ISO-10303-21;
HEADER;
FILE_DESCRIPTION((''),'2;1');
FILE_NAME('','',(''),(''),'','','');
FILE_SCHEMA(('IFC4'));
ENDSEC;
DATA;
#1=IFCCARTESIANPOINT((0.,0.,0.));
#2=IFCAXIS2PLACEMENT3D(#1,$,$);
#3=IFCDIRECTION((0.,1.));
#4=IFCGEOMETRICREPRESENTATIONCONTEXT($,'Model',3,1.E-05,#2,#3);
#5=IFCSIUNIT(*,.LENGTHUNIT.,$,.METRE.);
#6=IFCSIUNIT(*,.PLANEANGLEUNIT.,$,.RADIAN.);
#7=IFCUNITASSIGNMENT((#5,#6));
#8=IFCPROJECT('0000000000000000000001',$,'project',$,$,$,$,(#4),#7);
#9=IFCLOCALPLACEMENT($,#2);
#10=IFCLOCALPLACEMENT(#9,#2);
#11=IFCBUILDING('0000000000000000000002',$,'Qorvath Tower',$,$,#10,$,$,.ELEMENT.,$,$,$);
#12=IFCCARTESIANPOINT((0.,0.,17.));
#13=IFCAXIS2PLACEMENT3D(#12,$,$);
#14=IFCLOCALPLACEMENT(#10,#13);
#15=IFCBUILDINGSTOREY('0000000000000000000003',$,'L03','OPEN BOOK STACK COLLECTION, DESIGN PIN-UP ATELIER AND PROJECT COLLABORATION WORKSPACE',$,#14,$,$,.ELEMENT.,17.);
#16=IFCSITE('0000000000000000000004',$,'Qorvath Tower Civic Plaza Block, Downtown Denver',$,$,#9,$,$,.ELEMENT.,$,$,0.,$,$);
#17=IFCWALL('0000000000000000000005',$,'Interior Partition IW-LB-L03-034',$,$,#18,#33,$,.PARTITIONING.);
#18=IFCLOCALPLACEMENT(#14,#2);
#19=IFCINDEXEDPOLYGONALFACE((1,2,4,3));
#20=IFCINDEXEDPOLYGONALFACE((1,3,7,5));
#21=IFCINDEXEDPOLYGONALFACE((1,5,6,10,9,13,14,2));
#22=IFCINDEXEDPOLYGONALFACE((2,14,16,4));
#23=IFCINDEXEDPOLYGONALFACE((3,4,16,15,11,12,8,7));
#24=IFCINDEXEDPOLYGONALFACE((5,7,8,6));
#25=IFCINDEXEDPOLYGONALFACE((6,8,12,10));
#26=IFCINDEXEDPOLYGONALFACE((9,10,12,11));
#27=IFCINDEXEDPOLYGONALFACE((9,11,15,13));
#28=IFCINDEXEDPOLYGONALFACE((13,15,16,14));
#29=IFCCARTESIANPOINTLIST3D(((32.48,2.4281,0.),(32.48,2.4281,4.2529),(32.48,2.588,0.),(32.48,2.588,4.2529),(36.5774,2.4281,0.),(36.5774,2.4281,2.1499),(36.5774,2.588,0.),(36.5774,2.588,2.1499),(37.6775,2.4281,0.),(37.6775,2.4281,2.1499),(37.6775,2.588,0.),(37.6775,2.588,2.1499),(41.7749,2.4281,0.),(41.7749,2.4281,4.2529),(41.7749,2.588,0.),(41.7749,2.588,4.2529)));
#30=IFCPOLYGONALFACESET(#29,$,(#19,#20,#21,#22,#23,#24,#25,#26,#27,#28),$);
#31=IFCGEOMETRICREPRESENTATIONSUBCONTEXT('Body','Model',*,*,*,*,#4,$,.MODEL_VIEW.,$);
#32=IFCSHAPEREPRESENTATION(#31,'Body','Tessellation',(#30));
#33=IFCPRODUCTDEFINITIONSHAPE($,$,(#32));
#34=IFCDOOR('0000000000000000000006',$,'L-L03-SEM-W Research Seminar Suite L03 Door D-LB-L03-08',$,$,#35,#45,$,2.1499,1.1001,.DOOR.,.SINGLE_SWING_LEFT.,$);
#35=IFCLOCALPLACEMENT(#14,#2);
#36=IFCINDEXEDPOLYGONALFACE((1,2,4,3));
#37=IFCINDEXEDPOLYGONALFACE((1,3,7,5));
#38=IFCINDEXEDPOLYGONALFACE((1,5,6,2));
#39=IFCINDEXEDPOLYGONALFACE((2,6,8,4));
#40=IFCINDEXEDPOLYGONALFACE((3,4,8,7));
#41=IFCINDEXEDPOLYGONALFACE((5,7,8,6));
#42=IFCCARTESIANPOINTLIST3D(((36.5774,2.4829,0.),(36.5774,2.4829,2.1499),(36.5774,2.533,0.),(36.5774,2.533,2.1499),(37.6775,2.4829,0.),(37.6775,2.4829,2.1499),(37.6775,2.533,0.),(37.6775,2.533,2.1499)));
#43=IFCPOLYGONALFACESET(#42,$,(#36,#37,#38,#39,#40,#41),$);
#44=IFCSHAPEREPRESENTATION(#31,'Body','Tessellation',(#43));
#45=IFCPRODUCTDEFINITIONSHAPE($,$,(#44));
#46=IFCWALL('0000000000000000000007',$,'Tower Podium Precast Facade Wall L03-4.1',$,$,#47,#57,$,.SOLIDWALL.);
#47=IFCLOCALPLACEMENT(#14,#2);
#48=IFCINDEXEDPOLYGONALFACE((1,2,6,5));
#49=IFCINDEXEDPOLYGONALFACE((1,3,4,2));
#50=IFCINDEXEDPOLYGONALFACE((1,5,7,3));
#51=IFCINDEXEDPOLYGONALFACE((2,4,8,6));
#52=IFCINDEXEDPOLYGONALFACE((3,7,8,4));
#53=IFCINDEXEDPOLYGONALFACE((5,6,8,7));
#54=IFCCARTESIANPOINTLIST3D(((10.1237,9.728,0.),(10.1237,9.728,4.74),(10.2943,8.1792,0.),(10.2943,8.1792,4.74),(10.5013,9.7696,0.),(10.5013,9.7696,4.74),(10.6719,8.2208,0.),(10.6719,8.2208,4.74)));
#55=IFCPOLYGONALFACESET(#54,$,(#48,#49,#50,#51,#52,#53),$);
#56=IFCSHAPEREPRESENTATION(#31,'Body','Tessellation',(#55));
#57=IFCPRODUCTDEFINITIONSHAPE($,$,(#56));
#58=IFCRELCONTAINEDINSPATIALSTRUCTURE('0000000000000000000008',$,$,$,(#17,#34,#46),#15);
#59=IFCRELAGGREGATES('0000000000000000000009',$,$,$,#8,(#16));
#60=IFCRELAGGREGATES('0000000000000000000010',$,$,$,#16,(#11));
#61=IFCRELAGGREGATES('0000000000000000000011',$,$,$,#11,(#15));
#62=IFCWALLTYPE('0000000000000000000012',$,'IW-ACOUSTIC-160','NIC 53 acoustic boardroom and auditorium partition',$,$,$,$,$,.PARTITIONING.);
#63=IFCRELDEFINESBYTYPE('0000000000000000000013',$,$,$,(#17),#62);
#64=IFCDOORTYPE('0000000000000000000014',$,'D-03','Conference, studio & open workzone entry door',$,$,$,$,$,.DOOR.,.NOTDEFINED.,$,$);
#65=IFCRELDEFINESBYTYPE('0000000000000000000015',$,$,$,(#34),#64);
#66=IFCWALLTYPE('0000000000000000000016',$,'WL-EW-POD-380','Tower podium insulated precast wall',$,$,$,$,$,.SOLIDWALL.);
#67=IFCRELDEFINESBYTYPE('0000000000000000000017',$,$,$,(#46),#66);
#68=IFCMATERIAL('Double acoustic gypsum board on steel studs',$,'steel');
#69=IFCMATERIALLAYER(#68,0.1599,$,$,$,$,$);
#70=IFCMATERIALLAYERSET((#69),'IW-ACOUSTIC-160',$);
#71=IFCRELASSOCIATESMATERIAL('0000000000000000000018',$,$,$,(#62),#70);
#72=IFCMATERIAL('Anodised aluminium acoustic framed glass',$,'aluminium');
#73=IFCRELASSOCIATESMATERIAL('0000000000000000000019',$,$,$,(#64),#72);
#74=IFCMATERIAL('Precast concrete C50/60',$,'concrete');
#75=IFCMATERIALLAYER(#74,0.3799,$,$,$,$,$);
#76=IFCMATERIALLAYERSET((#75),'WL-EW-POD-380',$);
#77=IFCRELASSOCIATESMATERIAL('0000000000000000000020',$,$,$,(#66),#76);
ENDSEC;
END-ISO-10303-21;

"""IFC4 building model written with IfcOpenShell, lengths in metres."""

from ifc_helpers import new_model, si_unit, direction, frame, frame_2d, origin, place, context, subcontext, project, spatial, rectangle, extrude, material, layer, layer_set, type_object, element, fill, save


model = new_model("IFC4")

# Units and contexts
model_context = context("Model", 3, precision=1e-05, world=origin(), true_north=direction((0.0, 1.0)))
body_context = subcontext(model_context, "Body", "Model", "MODEL_VIEW")
ifc_project = project(units=[si_unit("LENGTHUNIT", "METRE"), si_unit("PLANEANGLEUNIT", "RADIAN")], contexts=[model_context])

# Site, building, storey
site_placement = place(None, origin())
site = spatial("IfcSite", under=ifc_project, at=site_placement, Name="Qorvath Tower Civic Plaza Block, Downtown Denver", CompositionType="ELEMENT", RefElevation=0.0)
building_placement = place(site_placement, origin())
building = spatial("IfcBuilding", under=site, at=building_placement, Name="Qorvath Tower", CompositionType="ELEMENT")
storey_placement = place(building_placement, frame((0.0, 0.0, 17.0)))
storey = spatial("IfcBuildingStorey", under=building, at=storey_placement, Name="L03", Description="OPEN BOOK STACK COLLECTION, DESIGN PIN-UP ATELIER AND PROJECT COLLABORATION WORKSPACE", CompositionType="ELEMENT", Elevation=17.0)

# Wall, opening, door
ifc_material_1 = material(Name="Double acoustic gypsum board on steel studs", Category="steel")
ifc_layer_1 = layer(ifc_material_1, 0.1599)
ifc_layer_set_1 = layer_set([ifc_layer_1], Name="IW-ACOUSTIC-160")
wall_type_1 = type_object("IfcWallType", Name="IW-ACOUSTIC-160", Description="NIC 53 acoustic boardroom and auditorium partition", PredefinedType="PARTITIONING", material=ifc_layer_set_1)
wall_1_placement = place(storey_placement, frame((32.48, 2.5081, 0.0), z_axis=(0.0, 0.0, 1.0), x_axis=(1.0, 0.0, 0.0)))
wall_1 = element("IfcWall", 1, at=wall_1_placement, inside=storey, type_object=wall_type_1, Name="Interior Partition IW-LB-L03-034", PredefinedType="PARTITIONING", context=body_context, shape_type="SweptSolid", body=[
    extrude(rectangle(XDim=9.2949, YDim=0.1599, at=frame_2d((4.6475, 0.0))), origin(), (0.0, 0.0, 1.0), 4.2529),
])
opening_placement = place(wall_1_placement, frame((4.0974, 0.0, 0.0)))
opening = element("IfcOpeningElement", 2, at=opening_placement, cuts=wall_1, PredefinedType="OPENING", context=body_context, shape_type="SweptSolid", body=[
    extrude(rectangle(XDim=1.1001, YDim=2.1499, at=frame_2d((0.55, 1.075))), frame((0.0, 0.0898, 0.0), z_axis=(0.0, -1.0, 0.0), x_axis=(1.0, 0.0, 0.0)), (0.0, 0.0, 1.0), 0.1799),
])
ifc_material_2 = material(Name="Anodised aluminium acoustic framed glass", Category="aluminium")
door_type = type_object("IfcDoorType", Name="D-03", Description="Conference, studio & open workzone entry door", OperationType="NOTDEFINED", PredefinedType="DOOR", material=ifc_material_2)
door_placement = place(opening_placement, origin())
door = element("IfcDoor", 3, at=door_placement, inside=storey, type_object=door_type, Name="L-L03-SEM-W Research Seminar Suite L03 Door D-LB-L03-08", OperationType="SINGLE_SWING_LEFT", OverallHeight=2.1499, OverallWidth=1.1001, PredefinedType="DOOR", context=body_context, shape_type="SweptSolid", body=[
    extrude(rectangle(XDim=1.1001, YDim=2.1499, at=frame_2d((0.55, 1.075))), frame((0.0, 0.0249, 0.0), z_axis=(0.0, -1.0, 0.0), x_axis=(1.0, 0.0, 0.0)), (0.0, 0.0, 1.0), 0.05),
])
fill(opening, door)

# Wall
ifc_material_3 = material(Name="Precast concrete C50/60", Category="concrete")
ifc_layer_2 = layer(ifc_material_3, 0.3799)
ifc_layer_set_2 = layer_set([ifc_layer_2], Name="WL-EW-POD-380")
wall_type_2 = type_object("IfcWallType", Name="WL-EW-POD-380", Description="Tower podium insulated precast wall", PredefinedType="SOLIDWALL", material=ifc_layer_set_2)
wall_2_placement = place(storey_placement, frame((10.3125, 9.7488, 0.0), z_axis=(0.0, 0.0, 1.0), x_axis=(0.10952, -0.993985, 0.0)))
element("IfcWall", 4, at=wall_2_placement, inside=storey, type_object=wall_type_2, Name="Tower Podium Precast Facade Wall L03-4.1", PredefinedType="SOLIDWALL", context=body_context, shape_type="SweptSolid", body=[
    extrude(rectangle(XDim=1.5581, YDim=0.3799, at=frame_2d((0.7791, 0.0))), origin(), (0.0, 0.0, 1.0), 4.74),
])

save(model, "model.ifc")
